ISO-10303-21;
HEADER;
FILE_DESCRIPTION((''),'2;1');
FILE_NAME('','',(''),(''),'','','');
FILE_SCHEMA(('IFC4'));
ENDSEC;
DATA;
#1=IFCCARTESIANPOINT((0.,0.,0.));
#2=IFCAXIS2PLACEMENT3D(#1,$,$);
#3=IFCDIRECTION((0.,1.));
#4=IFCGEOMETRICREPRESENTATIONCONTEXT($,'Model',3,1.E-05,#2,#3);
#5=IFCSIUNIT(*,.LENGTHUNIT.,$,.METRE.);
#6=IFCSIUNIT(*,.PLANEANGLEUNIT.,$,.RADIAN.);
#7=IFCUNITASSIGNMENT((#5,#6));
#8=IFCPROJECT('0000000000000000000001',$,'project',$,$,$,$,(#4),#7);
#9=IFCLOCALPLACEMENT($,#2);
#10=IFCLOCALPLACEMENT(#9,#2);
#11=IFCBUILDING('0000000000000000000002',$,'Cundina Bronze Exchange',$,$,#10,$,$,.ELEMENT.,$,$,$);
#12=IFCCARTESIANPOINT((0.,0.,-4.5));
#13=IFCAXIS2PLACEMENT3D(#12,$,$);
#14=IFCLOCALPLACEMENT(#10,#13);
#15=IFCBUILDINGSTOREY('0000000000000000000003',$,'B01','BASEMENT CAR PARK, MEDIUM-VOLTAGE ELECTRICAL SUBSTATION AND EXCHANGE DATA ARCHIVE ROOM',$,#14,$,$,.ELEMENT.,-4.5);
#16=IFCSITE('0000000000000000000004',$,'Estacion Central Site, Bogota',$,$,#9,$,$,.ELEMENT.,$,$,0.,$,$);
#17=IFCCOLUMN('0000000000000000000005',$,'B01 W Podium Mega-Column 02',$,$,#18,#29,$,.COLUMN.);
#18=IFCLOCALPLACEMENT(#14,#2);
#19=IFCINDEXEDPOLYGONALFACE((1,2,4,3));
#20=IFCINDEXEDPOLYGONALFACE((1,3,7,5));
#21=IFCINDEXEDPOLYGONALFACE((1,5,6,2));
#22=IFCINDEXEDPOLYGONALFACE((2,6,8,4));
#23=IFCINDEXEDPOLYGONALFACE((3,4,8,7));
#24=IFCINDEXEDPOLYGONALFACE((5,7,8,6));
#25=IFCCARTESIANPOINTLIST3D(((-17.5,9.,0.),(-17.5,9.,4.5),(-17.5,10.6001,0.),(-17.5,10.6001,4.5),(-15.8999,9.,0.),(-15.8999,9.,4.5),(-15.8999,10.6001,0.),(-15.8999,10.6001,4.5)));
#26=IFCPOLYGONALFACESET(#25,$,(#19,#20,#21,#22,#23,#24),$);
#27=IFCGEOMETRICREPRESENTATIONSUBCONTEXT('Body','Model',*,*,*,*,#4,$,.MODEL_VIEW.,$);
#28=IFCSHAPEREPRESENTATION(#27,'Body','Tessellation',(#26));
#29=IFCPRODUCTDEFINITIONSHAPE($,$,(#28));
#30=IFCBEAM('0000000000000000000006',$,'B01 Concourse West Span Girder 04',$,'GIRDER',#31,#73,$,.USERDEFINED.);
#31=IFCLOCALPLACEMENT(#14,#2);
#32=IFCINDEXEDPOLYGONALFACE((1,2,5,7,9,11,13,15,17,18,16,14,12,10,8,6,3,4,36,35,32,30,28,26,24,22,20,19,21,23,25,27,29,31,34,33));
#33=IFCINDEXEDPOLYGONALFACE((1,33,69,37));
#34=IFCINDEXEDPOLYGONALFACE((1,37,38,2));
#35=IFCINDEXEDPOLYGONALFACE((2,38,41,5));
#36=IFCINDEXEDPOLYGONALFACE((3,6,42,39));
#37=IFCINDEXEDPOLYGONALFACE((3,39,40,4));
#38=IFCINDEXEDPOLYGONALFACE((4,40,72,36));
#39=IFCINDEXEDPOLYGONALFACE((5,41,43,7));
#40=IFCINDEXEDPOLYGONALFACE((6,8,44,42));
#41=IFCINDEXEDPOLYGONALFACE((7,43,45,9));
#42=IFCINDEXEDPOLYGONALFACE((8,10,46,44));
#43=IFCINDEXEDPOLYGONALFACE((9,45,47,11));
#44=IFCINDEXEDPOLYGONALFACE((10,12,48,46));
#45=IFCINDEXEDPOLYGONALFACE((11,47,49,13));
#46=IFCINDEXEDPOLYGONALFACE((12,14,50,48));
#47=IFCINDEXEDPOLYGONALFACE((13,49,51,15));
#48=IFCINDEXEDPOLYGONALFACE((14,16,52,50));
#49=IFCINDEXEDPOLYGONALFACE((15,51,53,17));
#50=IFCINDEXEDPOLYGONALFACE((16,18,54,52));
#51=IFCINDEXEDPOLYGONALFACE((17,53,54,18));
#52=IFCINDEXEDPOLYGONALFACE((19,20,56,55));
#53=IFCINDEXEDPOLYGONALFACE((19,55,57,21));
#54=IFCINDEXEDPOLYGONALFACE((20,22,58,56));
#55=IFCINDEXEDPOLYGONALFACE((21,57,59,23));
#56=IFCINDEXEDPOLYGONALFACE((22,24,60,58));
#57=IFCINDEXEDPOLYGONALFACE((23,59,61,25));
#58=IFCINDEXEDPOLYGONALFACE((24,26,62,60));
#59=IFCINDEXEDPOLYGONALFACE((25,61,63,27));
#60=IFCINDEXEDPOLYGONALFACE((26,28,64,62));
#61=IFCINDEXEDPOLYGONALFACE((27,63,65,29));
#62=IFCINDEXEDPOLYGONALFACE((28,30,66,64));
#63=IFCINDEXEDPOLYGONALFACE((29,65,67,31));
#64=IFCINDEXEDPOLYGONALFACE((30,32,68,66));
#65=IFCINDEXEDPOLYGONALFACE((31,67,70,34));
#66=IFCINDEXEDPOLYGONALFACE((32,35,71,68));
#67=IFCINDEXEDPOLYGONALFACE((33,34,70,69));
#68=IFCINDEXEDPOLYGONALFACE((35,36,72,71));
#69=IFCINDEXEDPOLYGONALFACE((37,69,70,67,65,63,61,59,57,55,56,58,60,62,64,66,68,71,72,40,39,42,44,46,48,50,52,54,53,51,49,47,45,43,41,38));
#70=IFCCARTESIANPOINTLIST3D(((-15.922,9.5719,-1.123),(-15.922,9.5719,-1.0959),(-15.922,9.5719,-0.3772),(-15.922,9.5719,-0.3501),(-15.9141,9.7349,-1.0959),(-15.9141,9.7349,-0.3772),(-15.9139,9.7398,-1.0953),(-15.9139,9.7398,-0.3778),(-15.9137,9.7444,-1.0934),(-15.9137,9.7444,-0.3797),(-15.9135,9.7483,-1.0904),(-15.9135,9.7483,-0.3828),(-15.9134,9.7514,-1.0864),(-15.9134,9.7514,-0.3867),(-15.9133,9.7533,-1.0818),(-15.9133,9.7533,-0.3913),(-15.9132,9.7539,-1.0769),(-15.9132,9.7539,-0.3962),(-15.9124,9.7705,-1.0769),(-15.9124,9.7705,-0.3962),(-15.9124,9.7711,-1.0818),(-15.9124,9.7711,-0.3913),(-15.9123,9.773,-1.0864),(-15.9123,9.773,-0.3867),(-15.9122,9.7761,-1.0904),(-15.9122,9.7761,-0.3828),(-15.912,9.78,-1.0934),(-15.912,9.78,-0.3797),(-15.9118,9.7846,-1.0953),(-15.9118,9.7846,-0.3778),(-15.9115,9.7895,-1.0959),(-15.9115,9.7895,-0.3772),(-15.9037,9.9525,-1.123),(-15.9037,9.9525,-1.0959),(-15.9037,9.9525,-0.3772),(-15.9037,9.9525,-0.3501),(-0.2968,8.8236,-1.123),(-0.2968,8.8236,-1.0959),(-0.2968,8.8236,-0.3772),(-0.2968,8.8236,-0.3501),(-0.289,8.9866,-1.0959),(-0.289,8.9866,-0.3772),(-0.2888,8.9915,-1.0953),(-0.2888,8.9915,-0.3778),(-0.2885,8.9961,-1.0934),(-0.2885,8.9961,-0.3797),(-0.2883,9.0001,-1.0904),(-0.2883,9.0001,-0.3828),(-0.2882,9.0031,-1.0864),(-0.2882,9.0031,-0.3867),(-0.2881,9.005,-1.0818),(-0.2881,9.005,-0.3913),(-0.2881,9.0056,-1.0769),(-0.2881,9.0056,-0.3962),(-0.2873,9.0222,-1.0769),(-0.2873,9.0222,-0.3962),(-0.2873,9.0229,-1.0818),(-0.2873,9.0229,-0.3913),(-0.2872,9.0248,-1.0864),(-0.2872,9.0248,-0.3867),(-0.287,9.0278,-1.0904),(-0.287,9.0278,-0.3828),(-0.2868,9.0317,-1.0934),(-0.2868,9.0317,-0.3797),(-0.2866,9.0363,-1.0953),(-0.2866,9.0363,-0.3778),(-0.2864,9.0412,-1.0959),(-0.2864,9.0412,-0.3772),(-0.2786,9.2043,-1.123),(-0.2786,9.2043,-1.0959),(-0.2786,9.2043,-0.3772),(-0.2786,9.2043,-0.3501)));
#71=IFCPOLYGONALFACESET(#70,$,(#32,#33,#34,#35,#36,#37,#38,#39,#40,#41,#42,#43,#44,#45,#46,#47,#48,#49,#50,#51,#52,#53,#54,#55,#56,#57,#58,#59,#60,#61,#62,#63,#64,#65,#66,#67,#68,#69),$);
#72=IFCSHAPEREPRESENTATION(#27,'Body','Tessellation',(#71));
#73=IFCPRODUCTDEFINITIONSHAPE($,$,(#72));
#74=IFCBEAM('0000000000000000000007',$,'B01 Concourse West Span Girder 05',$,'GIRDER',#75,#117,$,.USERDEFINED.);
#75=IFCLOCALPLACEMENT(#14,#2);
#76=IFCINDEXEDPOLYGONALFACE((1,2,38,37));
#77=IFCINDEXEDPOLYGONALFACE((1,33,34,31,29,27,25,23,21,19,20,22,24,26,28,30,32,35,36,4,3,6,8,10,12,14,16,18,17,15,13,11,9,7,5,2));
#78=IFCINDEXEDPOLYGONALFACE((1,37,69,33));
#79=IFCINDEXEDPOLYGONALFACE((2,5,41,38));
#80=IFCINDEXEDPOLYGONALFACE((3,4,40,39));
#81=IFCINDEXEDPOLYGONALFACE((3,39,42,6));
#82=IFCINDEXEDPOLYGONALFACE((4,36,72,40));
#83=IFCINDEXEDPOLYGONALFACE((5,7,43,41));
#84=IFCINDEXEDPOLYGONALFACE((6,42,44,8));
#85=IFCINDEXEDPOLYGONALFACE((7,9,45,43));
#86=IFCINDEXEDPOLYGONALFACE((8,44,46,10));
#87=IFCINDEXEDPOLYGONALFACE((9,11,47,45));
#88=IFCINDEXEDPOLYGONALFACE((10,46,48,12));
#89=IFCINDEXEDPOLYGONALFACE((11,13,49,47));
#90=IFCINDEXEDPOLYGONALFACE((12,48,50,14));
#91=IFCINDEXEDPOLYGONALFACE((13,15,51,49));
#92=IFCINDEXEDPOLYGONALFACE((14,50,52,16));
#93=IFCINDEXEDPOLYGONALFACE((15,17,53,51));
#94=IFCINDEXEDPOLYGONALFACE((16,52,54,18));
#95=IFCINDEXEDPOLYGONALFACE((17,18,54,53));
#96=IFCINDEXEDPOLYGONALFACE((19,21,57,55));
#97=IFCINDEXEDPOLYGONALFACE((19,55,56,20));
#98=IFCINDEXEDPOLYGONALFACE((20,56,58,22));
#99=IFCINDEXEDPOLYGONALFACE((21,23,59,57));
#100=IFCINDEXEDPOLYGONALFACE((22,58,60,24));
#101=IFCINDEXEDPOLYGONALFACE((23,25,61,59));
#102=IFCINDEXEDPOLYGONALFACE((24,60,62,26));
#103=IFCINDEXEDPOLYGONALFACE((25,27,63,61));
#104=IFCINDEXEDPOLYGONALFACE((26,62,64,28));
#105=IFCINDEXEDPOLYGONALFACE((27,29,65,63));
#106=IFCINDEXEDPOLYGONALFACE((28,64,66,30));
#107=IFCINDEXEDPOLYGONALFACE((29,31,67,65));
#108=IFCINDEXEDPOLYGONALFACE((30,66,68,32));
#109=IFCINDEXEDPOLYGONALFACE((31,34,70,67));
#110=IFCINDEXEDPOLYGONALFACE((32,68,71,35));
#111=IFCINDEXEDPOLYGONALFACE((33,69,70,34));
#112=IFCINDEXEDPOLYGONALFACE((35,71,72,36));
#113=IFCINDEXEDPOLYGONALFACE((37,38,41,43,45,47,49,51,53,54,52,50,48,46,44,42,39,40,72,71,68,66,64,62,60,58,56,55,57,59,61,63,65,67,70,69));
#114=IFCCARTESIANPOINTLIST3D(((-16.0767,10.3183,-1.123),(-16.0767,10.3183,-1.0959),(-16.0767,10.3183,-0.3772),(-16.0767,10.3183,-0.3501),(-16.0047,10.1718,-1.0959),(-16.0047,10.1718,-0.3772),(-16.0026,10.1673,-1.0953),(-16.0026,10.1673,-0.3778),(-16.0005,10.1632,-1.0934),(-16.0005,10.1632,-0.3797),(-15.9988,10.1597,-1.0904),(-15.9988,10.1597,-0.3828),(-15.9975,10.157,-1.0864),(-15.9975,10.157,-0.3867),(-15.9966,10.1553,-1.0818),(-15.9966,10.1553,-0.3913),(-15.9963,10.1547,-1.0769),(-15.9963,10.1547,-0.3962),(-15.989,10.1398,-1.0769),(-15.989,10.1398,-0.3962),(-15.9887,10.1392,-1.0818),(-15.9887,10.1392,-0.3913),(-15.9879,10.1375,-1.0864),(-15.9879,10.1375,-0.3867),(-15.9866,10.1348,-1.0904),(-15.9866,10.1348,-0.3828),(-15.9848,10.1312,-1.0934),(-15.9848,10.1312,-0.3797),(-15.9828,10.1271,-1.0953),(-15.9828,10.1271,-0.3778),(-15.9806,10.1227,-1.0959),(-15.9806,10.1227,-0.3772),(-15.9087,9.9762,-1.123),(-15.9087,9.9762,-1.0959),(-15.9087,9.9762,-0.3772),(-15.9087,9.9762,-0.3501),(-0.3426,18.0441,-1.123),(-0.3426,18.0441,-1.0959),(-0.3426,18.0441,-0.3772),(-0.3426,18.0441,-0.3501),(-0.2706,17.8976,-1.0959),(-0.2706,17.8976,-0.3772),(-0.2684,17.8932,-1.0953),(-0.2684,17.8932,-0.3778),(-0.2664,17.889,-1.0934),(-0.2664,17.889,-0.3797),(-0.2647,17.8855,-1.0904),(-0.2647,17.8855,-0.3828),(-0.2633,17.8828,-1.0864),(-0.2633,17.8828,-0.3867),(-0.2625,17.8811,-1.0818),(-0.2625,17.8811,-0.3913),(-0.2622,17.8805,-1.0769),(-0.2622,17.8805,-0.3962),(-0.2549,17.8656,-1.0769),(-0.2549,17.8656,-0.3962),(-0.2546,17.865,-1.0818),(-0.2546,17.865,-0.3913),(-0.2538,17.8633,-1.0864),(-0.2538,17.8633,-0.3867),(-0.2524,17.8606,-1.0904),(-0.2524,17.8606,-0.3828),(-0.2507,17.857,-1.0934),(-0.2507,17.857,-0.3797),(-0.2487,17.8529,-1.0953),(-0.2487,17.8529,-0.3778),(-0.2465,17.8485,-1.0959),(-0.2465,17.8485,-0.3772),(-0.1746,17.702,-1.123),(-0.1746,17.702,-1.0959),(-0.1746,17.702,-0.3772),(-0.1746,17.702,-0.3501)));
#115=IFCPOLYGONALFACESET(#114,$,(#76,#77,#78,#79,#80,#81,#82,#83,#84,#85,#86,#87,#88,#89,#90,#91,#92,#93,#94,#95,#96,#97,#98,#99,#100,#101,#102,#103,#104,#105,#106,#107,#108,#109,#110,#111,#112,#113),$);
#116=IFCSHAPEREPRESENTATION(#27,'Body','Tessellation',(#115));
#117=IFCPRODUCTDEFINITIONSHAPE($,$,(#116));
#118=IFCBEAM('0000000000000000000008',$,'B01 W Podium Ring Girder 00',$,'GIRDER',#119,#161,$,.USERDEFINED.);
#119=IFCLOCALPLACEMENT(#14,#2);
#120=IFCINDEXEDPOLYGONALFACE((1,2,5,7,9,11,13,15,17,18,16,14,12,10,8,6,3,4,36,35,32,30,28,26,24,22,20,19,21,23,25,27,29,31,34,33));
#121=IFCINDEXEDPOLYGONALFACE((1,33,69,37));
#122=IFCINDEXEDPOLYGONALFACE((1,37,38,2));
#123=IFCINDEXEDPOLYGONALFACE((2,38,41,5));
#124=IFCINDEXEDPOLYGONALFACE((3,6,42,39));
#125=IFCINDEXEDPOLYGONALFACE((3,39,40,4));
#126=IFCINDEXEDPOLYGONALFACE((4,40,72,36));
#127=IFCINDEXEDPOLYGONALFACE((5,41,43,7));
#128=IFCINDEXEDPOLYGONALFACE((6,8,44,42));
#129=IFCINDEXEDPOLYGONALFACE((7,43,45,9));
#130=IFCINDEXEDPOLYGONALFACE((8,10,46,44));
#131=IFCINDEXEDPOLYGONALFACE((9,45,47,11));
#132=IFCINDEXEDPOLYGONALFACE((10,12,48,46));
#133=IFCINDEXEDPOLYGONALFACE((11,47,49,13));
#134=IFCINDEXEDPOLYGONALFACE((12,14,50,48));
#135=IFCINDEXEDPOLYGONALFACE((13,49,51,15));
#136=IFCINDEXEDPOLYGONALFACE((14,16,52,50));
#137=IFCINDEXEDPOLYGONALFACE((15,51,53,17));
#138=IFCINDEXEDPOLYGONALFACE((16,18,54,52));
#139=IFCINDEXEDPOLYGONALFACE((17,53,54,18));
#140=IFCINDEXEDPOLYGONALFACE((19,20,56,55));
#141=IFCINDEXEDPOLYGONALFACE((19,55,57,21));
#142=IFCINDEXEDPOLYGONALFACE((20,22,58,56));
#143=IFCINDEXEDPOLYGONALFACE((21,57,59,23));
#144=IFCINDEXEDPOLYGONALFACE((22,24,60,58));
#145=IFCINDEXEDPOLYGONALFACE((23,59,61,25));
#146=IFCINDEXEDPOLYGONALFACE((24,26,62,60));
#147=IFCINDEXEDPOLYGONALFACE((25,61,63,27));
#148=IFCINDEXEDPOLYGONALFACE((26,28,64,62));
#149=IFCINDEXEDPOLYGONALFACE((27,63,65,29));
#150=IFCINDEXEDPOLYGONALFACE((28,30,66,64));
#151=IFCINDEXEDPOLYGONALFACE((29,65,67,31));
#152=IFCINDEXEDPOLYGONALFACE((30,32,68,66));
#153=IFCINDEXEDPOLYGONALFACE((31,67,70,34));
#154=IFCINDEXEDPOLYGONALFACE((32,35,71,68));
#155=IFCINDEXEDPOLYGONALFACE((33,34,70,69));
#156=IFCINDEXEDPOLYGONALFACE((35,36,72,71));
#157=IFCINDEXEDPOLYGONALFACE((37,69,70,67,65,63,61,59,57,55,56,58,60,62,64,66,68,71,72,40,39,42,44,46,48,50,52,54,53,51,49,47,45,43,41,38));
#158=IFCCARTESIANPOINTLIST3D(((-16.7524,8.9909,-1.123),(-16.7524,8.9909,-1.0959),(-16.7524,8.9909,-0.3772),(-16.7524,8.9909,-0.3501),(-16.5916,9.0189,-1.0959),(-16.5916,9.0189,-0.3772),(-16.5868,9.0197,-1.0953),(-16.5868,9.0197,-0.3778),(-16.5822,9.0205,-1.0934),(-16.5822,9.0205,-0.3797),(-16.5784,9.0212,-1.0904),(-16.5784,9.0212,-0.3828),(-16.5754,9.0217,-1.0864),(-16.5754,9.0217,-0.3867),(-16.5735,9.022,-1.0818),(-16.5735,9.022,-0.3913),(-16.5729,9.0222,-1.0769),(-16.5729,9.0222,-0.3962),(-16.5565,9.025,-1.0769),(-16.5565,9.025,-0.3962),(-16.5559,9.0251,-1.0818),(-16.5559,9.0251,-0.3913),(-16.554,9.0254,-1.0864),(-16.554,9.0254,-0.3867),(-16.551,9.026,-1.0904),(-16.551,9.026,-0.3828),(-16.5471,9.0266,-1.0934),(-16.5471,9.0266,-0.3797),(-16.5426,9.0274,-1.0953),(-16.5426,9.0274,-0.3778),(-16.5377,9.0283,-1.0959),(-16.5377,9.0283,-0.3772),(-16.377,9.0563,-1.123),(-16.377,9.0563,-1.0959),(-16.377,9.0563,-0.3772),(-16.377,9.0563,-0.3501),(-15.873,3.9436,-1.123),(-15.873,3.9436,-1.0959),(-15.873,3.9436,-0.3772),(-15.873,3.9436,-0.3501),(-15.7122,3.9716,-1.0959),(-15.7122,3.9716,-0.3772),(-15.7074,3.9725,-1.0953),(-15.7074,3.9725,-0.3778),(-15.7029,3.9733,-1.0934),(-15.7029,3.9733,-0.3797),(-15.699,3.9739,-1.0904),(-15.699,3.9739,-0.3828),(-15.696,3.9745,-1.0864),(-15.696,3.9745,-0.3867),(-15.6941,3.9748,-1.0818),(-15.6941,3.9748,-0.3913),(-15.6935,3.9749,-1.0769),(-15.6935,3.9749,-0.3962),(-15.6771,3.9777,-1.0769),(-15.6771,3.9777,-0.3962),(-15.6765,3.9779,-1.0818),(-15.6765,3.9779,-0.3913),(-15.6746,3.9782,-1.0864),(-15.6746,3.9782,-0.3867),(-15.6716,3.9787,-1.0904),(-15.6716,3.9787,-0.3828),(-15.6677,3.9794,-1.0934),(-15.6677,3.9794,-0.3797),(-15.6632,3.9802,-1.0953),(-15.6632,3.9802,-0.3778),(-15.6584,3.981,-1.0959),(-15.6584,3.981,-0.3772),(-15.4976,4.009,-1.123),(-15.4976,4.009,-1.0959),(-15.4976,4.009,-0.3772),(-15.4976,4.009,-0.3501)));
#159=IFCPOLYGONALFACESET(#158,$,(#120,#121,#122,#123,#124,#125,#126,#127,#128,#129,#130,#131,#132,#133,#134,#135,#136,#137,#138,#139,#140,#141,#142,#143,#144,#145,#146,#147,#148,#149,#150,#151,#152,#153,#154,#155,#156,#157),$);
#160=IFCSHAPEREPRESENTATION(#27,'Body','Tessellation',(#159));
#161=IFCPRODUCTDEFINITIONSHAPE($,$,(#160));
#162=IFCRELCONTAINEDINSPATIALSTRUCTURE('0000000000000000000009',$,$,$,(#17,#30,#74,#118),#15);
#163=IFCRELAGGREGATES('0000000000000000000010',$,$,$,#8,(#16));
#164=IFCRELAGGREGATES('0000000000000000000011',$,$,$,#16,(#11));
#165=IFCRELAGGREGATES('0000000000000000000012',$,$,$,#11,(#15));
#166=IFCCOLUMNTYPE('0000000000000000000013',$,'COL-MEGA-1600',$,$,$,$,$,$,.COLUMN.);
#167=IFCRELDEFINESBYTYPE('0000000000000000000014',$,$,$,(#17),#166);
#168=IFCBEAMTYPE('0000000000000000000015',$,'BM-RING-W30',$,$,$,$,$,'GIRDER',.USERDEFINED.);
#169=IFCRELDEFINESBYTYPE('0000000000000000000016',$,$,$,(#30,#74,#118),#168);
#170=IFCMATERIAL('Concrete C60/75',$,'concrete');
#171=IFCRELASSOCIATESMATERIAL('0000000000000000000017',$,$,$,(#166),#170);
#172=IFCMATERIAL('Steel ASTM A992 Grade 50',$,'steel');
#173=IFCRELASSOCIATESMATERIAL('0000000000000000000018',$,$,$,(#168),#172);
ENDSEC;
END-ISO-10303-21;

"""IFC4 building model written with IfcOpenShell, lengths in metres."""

from ifc_helpers import new_model, si_unit, direction, frame, origin, origin_2d, place, context, subcontext, project, spatial, rectangle, i_section, extrude, material, material_profile, profile_set, type_object, element, save


model = new_model("IFC4")

# Units and contexts
model_context = context("Model", 3, precision=1e-05, world=origin(), true_north=direction((0.0, 1.0)))
body_context = subcontext(model_context, "Body", "Model", "MODEL_VIEW")
ifc_project = project(units=[si_unit("LENGTHUNIT", "METRE"), si_unit("PLANEANGLEUNIT", "RADIAN")], contexts=[model_context])

# Site, building, storey
site_placement = place(None, origin())
site = spatial("IfcSite", under=ifc_project, at=site_placement, Name="Estacion Central Site, Bogota", CompositionType="ELEMENT", RefElevation=0.0)
building_placement = place(site_placement, origin())
building = spatial("IfcBuilding", under=site, at=building_placement, Name="Cundina Bronze Exchange", CompositionType="ELEMENT")
storey_placement = place(building_placement, frame((0.0, 0.0, -4.5)))
storey = spatial("IfcBuildingStorey", under=building, at=storey_placement, Name="B01", Description="BASEMENT CAR PARK, MEDIUM-VOLTAGE ELECTRICAL SUBSTATION AND EXCHANGE DATA ARCHIVE ROOM", CompositionType="ELEMENT", Elevation=-4.5)

# Column
ifc_material_1 = material(Name="Concrete C60/75", Category="concrete")
ifc_material_profile_1 = material_profile(ifc_material_1, rectangle(XDim=1.6001, YDim=1.6001, at=origin_2d()), Name="RC1600X1600", Category="concrete")
ifc_profile_set_1 = profile_set([ifc_material_profile_1], Name="Concrete C60/75")
column_type = type_object("IfcColumnType", Name="COL-MEGA-1600", PredefinedType="COLUMN", material=ifc_profile_set_1)
column_placement = place(storey_placement, frame((-16.7, 9.8, 0.0), z_axis=(0.0, 0.0, 1.0), x_axis=(1.0, 0.0, 0.0)))
element("IfcColumn", 1, at=column_placement, inside=storey, type_object=column_type, Name="B01 W Podium Mega-Column 02", PredefinedType="COLUMN", context=body_context, shape_type="SweptSolid", body=[
    extrude(rectangle(XDim=1.6001, YDim=1.6001, at=origin_2d()), origin(), (0.0, 0.0, 1.0), 4.5),
])

# Beams
ifc_material_2 = material(Name="Steel ASTM A992 Grade 50", Category="steel")
ifc_material_profile_2 = material_profile(ifc_material_2, i_section(OverallWidth=0.3811, OverallDepth=0.7729, WebThickness=0.0166, FlangeThickness=0.0271, FilletRadius=0.019, at=origin_2d()), Name="W30X173", Category="steel")
ifc_profile_set_2 = profile_set([ifc_material_profile_2], Name="Steel ASTM A992 Grade 50")
beam_type_1 = type_object("IfcBeamType", Name="BM-RING-W30", ElementType="GIRDER", PredefinedType="USERDEFINED", material=ifc_profile_set_2)
beam_1_placement = place(storey_placement, frame((-15.9128, 9.7622, -0.7366), z_axis=(0.998855, -0.047835, 0.0), x_axis=(0.047835, 0.998855, 0.0)))
element("IfcBeam", 2, at=beam_1_placement, inside=storey, type_object=beam_type_1, Name="B01 Concourse West Span Girder 04", ObjectType="GIRDER", PredefinedType="USERDEFINED", context=body_context, shape_type="SweptSolid", body=[
    extrude(i_section(OverallWidth=0.3811, OverallDepth=0.7729, WebThickness=0.0166, FlangeThickness=0.0271, FilletRadius=0.019, at=origin_2d()), origin(), (0.0, 0.0, 1.0), 15.6431),
])
beam_2_placement = place(storey_placement, frame((-15.9927, 10.1472, -0.7366), z_axis=(0.897627, 0.440756, 0.0), x_axis=(-0.440756, 0.897627, 0.0)))
element("IfcBeam", 3, at=beam_2_placement, inside=storey, type_object=beam_type_1, Name="B01 Concourse West Span Girder 05", ObjectType="GIRDER", PredefinedType="USERDEFINED", context=body_context, shape_type="SweptSolid", body=[
    extrude(i_section(OverallWidth=0.3811, OverallDepth=0.7729, WebThickness=0.0166, FlangeThickness=0.0271, FilletRadius=0.019, at=origin_2d()), origin(), (0.0, 0.0, 1.0), 17.5286),
])
beam_3_placement = place(storey_placement, frame((-15.6853, 3.9763, -0.7366), z_axis=(-0.171643, 0.985159, 0.0), x_axis=(-0.985159, -0.171643, 0.0)))
element("IfcBeam", 4, at=beam_3_placement, inside=storey, type_object=beam_type_1, Name="B01 W Podium Ring Girder 00", ObjectType="GIRDER", PredefinedType="USERDEFINED", context=body_context, shape_type="SweptSolid", body=[
    extrude(i_section(OverallWidth=0.3811, OverallDepth=0.7729, WebThickness=0.0166, FlangeThickness=0.0271, FilletRadius=0.019, at=origin_2d()), origin(), (0.0, 0.0, 1.0), 5.1233),
])

save(model, "model.ifc")
